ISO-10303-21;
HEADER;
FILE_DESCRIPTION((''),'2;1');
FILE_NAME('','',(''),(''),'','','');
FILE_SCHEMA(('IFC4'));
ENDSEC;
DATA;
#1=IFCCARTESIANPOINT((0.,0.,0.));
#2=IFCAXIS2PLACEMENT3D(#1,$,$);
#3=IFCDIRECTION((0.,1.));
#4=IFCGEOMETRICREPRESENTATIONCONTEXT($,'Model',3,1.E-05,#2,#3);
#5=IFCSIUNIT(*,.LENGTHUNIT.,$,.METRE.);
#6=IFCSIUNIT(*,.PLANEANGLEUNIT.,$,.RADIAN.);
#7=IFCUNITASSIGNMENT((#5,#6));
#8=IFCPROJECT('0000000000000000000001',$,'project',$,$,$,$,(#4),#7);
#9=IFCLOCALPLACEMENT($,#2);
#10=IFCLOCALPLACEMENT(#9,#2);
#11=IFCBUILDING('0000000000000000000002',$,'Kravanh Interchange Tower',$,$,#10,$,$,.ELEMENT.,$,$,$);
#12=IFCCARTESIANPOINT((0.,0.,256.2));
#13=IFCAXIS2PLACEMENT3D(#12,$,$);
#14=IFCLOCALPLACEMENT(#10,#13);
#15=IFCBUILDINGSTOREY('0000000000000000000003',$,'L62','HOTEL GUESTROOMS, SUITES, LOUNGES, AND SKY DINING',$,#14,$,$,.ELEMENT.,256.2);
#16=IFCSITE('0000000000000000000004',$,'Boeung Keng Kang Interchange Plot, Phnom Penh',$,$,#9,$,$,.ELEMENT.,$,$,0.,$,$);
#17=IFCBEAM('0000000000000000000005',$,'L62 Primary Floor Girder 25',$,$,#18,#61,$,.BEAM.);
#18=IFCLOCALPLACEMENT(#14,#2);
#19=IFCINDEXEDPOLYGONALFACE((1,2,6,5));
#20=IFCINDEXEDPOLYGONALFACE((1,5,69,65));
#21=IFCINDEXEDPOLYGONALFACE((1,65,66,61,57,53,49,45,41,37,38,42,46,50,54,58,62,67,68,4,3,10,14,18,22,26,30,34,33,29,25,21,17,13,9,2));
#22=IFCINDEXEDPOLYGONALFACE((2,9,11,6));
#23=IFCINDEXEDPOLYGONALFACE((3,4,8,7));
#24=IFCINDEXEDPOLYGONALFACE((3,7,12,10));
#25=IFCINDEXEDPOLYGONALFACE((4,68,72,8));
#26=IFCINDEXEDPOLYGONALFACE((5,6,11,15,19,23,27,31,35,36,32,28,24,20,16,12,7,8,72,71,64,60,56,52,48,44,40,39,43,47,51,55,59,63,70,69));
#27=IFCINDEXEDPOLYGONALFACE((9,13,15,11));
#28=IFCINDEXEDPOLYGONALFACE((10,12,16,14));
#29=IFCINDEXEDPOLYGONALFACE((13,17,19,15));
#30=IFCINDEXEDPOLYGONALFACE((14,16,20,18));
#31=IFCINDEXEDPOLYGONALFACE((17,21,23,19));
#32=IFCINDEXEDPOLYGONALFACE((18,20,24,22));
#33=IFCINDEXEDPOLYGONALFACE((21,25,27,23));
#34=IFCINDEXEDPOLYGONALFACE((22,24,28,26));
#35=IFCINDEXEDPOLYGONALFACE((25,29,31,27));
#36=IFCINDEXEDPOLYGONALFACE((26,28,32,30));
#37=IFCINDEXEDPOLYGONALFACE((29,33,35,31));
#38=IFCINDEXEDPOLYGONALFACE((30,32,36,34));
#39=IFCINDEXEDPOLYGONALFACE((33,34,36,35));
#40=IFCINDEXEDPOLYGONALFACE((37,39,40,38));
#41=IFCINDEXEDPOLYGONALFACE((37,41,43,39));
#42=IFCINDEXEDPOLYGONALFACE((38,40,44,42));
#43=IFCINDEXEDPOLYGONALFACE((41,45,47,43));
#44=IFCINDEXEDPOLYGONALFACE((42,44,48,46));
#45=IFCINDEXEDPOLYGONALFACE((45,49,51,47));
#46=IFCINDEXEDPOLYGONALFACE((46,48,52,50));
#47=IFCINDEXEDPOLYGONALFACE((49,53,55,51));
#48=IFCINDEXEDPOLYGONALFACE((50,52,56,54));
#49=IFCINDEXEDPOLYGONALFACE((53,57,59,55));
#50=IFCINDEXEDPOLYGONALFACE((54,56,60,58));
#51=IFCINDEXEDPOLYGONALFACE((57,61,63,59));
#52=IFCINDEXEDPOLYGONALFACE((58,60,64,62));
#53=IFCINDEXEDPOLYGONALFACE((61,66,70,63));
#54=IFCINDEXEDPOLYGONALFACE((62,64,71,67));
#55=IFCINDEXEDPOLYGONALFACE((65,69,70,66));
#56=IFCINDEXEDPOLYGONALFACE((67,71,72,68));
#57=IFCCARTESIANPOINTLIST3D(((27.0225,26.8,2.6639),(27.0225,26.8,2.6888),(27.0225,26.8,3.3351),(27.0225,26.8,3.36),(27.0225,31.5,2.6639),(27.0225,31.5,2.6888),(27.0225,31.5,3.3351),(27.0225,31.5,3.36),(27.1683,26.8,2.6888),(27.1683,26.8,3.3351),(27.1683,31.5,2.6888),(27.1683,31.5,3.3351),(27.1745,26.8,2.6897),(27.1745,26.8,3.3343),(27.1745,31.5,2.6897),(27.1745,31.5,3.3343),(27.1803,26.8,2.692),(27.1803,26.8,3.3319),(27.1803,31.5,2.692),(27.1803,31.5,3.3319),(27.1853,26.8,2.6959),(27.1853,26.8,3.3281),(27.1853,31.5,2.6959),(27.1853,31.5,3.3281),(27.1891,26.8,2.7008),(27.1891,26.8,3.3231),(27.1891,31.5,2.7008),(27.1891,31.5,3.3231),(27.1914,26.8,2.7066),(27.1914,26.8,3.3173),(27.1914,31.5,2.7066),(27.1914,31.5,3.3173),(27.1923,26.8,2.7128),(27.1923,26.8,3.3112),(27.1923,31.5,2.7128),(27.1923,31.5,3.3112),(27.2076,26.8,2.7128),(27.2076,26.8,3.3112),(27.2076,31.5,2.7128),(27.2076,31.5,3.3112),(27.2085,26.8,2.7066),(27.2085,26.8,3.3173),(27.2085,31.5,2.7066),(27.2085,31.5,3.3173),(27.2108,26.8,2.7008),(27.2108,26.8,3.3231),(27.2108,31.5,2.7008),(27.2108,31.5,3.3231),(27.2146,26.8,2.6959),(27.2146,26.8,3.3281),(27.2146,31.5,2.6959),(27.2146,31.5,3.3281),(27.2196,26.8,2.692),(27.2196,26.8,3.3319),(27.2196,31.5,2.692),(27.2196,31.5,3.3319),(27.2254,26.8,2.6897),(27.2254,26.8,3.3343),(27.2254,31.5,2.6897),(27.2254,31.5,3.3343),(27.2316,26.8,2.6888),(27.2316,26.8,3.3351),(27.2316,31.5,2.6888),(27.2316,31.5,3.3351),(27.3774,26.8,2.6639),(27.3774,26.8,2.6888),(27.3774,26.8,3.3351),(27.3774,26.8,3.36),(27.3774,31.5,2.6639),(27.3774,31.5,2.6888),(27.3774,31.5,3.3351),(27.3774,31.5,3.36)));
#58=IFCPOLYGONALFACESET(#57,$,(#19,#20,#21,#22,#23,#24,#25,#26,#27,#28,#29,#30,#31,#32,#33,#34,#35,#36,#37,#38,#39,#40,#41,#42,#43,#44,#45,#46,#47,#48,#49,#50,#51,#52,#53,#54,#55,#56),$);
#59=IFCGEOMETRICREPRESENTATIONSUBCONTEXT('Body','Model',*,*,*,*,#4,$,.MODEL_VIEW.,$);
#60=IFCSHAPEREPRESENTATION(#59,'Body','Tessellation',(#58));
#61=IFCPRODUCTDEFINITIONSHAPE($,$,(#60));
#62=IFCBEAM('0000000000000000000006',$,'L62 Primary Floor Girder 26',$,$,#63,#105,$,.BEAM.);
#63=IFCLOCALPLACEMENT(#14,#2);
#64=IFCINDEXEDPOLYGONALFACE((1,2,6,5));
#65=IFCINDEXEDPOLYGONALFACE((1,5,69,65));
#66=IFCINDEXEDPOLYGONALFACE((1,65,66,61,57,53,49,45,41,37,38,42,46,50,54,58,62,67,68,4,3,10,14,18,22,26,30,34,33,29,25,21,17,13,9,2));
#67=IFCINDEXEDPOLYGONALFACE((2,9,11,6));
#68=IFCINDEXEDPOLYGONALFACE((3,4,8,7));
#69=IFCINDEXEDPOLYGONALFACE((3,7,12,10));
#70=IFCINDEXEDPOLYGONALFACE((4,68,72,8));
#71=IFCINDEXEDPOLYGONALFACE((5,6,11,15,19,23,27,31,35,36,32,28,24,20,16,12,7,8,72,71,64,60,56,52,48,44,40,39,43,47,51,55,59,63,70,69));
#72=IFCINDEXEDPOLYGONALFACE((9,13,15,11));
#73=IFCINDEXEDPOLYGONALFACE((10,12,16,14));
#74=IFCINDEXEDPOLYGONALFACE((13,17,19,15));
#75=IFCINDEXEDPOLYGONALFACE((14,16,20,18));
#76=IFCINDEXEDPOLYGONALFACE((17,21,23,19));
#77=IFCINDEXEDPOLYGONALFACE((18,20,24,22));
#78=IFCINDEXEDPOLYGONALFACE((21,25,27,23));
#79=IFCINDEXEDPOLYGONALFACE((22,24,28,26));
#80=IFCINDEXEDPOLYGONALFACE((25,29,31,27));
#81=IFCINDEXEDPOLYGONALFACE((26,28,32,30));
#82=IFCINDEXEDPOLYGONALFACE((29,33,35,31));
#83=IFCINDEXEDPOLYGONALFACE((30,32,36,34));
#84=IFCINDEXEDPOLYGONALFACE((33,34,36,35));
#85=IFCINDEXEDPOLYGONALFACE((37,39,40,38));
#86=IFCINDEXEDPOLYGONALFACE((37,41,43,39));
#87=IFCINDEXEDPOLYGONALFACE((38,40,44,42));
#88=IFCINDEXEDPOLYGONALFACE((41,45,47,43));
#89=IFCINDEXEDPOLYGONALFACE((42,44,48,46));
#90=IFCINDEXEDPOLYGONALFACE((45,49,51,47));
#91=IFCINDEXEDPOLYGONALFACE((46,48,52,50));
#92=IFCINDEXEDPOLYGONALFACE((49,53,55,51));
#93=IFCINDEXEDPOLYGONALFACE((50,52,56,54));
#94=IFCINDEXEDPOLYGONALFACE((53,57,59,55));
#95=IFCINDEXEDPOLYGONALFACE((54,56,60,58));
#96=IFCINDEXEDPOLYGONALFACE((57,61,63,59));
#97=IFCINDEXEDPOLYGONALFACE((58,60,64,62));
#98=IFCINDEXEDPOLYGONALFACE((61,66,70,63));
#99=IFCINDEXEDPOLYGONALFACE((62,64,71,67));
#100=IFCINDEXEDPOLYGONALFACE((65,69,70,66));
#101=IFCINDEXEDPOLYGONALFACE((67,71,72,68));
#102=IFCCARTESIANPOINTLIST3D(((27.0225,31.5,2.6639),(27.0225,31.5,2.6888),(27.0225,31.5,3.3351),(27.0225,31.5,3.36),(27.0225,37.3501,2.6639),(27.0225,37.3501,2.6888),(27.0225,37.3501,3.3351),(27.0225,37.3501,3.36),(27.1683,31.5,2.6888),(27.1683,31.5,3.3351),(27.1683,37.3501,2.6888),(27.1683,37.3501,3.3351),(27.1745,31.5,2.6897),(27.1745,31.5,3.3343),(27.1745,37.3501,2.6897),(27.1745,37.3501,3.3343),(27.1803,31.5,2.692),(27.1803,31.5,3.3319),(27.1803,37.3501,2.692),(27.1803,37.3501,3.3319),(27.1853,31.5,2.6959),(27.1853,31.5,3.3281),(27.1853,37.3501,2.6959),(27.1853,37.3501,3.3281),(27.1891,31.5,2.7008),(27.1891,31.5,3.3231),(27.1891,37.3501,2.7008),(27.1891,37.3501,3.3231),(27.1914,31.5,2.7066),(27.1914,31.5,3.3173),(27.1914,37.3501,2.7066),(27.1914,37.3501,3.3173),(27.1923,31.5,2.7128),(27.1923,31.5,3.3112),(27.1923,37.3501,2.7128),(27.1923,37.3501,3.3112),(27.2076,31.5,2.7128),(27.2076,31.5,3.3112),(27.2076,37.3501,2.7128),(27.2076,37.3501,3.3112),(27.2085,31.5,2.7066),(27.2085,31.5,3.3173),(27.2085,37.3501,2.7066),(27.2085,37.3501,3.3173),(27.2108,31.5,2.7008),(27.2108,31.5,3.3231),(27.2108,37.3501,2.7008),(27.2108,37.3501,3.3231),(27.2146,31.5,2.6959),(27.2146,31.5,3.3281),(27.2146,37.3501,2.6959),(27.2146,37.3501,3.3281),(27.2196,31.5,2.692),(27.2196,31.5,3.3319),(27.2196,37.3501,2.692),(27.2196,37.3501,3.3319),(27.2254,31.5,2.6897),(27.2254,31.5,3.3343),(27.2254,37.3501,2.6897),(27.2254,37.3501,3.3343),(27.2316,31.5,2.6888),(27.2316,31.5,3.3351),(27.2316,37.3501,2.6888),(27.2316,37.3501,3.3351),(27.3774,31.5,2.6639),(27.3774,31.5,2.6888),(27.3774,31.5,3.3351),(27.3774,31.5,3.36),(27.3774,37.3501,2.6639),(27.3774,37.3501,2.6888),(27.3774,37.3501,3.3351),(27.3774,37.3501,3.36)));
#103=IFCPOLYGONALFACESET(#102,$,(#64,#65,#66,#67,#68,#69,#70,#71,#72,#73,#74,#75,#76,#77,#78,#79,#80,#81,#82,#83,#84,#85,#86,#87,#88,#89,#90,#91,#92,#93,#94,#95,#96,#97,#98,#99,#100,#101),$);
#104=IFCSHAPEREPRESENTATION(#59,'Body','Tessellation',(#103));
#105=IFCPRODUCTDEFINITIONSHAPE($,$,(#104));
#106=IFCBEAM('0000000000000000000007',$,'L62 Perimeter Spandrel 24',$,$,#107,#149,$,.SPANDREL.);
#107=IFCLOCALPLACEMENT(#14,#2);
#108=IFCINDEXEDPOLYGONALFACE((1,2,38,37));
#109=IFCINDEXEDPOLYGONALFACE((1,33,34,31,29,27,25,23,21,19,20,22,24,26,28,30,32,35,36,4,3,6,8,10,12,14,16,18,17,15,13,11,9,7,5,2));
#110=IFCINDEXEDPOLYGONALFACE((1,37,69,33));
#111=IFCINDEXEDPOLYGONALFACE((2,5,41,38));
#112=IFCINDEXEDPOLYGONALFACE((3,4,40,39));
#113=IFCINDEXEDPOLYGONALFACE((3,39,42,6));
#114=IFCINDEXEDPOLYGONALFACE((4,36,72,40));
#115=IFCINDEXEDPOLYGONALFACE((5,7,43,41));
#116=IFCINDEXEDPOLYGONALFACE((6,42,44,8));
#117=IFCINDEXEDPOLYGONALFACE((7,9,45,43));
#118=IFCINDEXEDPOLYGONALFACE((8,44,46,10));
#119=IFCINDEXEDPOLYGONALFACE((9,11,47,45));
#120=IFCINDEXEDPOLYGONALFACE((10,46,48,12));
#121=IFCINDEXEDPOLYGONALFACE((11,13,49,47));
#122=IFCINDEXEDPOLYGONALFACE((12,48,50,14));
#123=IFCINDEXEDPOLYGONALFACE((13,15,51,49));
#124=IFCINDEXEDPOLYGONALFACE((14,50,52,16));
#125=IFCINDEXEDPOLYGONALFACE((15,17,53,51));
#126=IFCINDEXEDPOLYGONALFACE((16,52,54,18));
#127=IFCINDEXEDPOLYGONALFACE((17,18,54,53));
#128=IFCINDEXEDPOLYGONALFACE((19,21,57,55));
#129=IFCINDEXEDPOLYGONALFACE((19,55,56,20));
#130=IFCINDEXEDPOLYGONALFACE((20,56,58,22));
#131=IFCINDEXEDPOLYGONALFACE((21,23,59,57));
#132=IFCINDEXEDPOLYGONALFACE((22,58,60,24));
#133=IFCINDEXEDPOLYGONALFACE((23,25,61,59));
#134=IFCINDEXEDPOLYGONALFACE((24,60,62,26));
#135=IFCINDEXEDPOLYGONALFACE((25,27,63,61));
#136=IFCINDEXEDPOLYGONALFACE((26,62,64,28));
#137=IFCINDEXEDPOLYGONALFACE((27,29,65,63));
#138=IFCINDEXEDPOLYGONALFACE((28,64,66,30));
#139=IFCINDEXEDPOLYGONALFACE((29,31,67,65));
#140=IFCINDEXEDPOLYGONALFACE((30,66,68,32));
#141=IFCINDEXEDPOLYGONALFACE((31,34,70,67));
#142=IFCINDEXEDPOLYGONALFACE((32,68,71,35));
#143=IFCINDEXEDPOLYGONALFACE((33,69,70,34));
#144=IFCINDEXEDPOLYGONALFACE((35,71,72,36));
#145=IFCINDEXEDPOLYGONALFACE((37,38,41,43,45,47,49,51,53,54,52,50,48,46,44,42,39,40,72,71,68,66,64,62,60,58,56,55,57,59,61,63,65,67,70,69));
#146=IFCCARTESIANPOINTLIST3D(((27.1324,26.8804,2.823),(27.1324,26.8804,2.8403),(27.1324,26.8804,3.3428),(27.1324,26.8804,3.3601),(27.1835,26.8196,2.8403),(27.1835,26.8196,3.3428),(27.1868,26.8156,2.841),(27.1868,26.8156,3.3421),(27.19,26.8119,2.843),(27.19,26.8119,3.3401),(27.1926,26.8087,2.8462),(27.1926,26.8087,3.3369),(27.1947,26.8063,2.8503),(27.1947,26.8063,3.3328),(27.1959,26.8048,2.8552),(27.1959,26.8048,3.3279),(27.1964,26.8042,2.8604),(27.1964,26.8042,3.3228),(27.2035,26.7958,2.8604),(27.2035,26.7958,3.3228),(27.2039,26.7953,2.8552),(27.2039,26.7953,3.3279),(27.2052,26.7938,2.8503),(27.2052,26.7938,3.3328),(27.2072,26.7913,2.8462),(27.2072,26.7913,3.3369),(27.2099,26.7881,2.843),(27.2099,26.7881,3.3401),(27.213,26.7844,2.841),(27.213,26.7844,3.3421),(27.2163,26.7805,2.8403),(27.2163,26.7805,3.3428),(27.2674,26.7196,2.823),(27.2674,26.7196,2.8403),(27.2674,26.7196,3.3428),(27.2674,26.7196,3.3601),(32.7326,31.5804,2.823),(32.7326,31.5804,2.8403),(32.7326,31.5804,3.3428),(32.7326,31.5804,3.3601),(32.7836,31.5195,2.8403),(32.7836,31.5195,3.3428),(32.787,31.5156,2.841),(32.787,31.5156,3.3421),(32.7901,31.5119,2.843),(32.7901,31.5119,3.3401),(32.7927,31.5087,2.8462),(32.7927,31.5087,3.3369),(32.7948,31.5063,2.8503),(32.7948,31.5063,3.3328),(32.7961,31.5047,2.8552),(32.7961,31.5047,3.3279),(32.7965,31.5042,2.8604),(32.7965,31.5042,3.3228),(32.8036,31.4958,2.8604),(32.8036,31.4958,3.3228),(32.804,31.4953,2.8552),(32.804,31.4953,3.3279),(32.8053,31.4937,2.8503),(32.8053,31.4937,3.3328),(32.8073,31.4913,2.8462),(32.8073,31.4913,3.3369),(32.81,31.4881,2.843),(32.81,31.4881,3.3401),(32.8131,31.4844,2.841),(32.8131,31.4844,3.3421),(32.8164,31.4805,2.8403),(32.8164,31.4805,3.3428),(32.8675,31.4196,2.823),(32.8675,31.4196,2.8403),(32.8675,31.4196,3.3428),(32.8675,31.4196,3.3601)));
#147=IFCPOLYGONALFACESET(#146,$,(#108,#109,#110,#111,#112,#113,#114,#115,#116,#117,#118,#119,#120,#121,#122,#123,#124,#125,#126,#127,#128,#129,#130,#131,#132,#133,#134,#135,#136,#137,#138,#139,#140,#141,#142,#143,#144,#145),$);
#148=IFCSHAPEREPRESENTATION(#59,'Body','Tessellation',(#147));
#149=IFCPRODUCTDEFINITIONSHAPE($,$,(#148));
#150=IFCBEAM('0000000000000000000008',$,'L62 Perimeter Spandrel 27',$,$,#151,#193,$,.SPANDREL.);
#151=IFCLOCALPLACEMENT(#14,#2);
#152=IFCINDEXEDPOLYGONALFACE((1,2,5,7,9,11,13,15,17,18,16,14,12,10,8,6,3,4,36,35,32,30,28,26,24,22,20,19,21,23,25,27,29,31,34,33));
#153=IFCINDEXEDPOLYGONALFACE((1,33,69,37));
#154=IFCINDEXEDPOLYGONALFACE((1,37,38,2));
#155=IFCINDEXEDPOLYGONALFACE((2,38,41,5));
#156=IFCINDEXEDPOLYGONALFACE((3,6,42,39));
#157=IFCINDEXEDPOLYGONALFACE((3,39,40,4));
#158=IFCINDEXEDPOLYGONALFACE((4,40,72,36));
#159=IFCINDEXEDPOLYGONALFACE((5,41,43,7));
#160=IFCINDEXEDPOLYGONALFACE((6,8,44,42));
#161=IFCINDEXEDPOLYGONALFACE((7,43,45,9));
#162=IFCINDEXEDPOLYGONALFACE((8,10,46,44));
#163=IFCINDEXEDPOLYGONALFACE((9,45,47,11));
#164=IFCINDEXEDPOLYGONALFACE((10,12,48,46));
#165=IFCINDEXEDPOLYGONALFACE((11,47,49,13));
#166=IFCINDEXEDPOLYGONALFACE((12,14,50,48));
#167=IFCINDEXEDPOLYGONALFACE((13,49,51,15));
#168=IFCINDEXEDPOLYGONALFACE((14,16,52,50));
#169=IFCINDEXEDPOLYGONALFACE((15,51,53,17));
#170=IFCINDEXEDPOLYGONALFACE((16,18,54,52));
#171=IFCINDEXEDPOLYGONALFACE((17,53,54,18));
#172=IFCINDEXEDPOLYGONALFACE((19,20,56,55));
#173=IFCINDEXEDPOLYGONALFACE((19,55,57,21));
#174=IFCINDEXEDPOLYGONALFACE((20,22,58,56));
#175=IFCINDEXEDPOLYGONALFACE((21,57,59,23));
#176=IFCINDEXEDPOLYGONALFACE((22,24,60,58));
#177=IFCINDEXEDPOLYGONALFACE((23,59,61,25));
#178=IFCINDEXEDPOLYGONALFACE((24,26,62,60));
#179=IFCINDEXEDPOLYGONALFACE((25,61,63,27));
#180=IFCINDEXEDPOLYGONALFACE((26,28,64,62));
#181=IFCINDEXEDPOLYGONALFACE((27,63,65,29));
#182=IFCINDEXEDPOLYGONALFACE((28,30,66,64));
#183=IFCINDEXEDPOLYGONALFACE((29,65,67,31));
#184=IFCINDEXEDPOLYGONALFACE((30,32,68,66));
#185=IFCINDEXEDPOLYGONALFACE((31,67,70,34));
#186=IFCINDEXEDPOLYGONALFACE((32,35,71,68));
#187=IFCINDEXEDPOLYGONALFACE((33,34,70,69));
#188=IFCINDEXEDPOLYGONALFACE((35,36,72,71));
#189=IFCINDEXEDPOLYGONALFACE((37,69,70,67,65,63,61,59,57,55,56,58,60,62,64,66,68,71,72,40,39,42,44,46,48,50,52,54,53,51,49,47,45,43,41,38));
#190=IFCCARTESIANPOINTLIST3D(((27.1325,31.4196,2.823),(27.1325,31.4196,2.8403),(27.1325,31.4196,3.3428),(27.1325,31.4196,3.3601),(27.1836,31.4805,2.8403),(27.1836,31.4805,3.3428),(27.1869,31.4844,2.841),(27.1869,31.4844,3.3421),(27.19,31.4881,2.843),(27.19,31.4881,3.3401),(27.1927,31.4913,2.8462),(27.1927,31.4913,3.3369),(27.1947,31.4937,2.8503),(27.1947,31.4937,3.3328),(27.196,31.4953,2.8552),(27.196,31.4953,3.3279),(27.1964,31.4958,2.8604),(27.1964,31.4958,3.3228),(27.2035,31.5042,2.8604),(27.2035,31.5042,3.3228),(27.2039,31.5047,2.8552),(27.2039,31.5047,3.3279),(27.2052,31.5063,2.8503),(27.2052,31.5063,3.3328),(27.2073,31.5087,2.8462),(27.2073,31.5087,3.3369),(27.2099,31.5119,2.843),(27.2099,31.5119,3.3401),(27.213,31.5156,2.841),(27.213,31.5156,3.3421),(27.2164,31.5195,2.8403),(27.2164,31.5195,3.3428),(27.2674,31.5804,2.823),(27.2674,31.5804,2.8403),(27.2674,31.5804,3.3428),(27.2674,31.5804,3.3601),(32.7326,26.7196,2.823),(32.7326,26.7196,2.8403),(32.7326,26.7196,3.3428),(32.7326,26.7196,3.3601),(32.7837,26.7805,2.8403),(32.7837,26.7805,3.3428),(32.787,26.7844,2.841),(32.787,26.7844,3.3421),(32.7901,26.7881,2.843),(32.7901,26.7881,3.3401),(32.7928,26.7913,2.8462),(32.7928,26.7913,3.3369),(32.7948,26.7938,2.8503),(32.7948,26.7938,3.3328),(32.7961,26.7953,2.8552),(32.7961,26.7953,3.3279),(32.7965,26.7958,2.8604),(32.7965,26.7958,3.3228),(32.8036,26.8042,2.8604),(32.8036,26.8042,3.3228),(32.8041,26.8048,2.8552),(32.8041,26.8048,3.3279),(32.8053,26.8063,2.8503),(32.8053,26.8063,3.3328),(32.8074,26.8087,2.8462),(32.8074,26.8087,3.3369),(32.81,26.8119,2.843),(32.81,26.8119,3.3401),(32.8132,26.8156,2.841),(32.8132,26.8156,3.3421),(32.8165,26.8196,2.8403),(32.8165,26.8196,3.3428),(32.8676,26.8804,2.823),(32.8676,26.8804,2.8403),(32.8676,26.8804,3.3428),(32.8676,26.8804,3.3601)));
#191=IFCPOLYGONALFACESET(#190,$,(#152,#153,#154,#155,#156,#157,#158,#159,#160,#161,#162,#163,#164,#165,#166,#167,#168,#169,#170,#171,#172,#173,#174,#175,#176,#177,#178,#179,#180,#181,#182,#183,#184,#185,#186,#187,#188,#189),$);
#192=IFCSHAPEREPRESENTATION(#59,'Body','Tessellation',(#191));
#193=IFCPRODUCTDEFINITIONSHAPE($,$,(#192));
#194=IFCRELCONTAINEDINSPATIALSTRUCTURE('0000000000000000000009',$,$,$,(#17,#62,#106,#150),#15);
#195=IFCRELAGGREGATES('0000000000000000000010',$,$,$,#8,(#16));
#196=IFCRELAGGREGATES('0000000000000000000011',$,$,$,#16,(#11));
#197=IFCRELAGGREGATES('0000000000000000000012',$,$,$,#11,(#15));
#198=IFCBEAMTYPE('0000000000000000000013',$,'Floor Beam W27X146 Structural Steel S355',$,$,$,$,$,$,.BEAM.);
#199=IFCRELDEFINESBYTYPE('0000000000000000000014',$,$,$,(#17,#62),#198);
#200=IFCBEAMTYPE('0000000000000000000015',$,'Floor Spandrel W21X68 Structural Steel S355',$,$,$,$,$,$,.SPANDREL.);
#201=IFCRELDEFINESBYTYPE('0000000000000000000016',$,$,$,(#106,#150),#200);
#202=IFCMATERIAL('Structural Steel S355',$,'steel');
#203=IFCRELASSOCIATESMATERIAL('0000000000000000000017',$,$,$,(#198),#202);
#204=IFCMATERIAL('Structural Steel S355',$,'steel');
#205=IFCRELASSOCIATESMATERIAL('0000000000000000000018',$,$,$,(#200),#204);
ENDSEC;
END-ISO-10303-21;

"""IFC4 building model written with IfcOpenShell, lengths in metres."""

from ifc_helpers import new_model, si_unit, direction, frame, origin, origin_2d, place, context, subcontext, project, spatial, i_section, extrude, material, material_profile, profile_set, type_object, element, save


model = new_model("IFC4")

# Units and contexts
model_context = context("Model", 3, precision=1e-05, world=origin(), true_north=direction((0.0, 1.0)))
body_context = subcontext(model_context, "Body", "Model", "MODEL_VIEW")
ifc_project = project(units=[si_unit("LENGTHUNIT", "METRE"), si_unit("PLANEANGLEUNIT", "RADIAN")], contexts=[model_context])

# Site, building, storey
site_placement = place(None, origin())
site = spatial("IfcSite", under=ifc_project, at=site_placement, Name="Boeung Keng Kang Interchange Plot, Phnom Penh", CompositionType="ELEMENT", RefElevation=0.0)
building_placement = place(site_placement, origin())
building = spatial("IfcBuilding", under=site, at=building_placement, Name="Kravanh Interchange Tower", CompositionType="ELEMENT")
storey_placement = place(building_placement, frame((0.0, 0.0, 256.2)))
storey = spatial("IfcBuildingStorey", under=building, at=storey_placement, Name="L62", Description="HOTEL GUESTROOMS, SUITES, LOUNGES, AND SKY DINING", CompositionType="ELEMENT", Elevation=256.2)

# Beams
ifc_material_1 = material(Name="Structural Steel S355", Category="steel")
ifc_material_profile_1 = material_profile(ifc_material_1, i_section(OverallWidth=0.355, OverallDepth=0.696, WebThickness=0.0154, FlangeThickness=0.0249, FilletRadius=0.0239, at=origin_2d()), Name="W27X146")
ifc_profile_set_1 = profile_set([ifc_material_profile_1], Name="Structural Steel S355")
beam_type_1 = type_object("IfcBeamType", Name="Floor Beam W27X146 Structural Steel S355", PredefinedType="BEAM", material=ifc_profile_set_1)
beam_1_placement = place(storey_placement, frame((27.2, 31.5, 3.012), z_axis=(0.0, -1.0, 0.0), x_axis=(1.0, 0.0, 0.0)))
element("IfcBeam", 1, at=beam_1_placement, inside=storey, type_object=beam_type_1, Name="L62 Primary Floor Girder 25", PredefinedType="BEAM", context=body_context, shape_type="SweptSolid", body=[
    extrude(i_section(OverallWidth=0.355, OverallDepth=0.696, WebThickness=0.0154, FlangeThickness=0.0249, FilletRadius=0.0239, at=origin_2d()), origin(), (0.0, 0.0, 1.0), 4.7),
])
beam_2_placement = place(storey_placement, frame((27.2, 31.5, 3.012), z_axis=(0.0, 1.0, 0.0), x_axis=(-1.0, 0.0, 0.0)))
element("IfcBeam", 2, at=beam_2_placement, inside=storey, type_object=beam_type_1, Name="L62 Primary Floor Girder 26", PredefinedType="BEAM", context=body_context, shape_type="SweptSolid", body=[
    extrude(i_section(OverallWidth=0.355, OverallDepth=0.696, WebThickness=0.0154, FlangeThickness=0.0249, FilletRadius=0.0239, at=origin_2d()), origin(), (0.0, 0.0, 1.0), 5.8501),
])
ifc_material_2 = material(Name="Structural Steel S355", Category="steel")
ifc_material_profile_2 = material_profile(ifc_material_2, i_section(OverallWidth=0.21, OverallDepth=0.5371, WebThickness=0.011, FlangeThickness=0.0173, FilletRadius=0.02, at=origin_2d()), Name="W21X68")
ifc_profile_set_2 = profile_set([ifc_material_profile_2], Name="Structural Steel S355")
beam_type_2 = type_object("IfcBeamType", Name="Floor Spandrel W21X68 Structural Steel S355", PredefinedType="SPANDREL", material=ifc_profile_set_2)
for number, where, z_axis, x_axis, name in (
    (3, (32.8, 31.5, 3.0916), (-0.765983, -0.642861, 0.0), (0.642861, -0.765983, 0.0), "L62 Perimeter Spandrel 24"),
    (4, (27.2, 31.5, 3.0916), (0.765983, -0.642861, 0.0), (0.642861, 0.765983, 0.0), "L62 Perimeter Spandrel 27"),
):
    element("IfcBeam", number, at=place(storey_placement, frame(where, z_axis=z_axis, x_axis=x_axis)), inside=storey, type_object=beam_type_2, Name=name, PredefinedType="SPANDREL", context=body_context, shape_type="SweptSolid", body=[
        extrude(i_section(OverallWidth=0.21, OverallDepth=0.5371, WebThickness=0.011, FlangeThickness=0.0173, FilletRadius=0.02, at=origin_2d()), origin(), (0.0, 0.0, 1.0), 7.311),
    ])

save(model, "model.ifc")
